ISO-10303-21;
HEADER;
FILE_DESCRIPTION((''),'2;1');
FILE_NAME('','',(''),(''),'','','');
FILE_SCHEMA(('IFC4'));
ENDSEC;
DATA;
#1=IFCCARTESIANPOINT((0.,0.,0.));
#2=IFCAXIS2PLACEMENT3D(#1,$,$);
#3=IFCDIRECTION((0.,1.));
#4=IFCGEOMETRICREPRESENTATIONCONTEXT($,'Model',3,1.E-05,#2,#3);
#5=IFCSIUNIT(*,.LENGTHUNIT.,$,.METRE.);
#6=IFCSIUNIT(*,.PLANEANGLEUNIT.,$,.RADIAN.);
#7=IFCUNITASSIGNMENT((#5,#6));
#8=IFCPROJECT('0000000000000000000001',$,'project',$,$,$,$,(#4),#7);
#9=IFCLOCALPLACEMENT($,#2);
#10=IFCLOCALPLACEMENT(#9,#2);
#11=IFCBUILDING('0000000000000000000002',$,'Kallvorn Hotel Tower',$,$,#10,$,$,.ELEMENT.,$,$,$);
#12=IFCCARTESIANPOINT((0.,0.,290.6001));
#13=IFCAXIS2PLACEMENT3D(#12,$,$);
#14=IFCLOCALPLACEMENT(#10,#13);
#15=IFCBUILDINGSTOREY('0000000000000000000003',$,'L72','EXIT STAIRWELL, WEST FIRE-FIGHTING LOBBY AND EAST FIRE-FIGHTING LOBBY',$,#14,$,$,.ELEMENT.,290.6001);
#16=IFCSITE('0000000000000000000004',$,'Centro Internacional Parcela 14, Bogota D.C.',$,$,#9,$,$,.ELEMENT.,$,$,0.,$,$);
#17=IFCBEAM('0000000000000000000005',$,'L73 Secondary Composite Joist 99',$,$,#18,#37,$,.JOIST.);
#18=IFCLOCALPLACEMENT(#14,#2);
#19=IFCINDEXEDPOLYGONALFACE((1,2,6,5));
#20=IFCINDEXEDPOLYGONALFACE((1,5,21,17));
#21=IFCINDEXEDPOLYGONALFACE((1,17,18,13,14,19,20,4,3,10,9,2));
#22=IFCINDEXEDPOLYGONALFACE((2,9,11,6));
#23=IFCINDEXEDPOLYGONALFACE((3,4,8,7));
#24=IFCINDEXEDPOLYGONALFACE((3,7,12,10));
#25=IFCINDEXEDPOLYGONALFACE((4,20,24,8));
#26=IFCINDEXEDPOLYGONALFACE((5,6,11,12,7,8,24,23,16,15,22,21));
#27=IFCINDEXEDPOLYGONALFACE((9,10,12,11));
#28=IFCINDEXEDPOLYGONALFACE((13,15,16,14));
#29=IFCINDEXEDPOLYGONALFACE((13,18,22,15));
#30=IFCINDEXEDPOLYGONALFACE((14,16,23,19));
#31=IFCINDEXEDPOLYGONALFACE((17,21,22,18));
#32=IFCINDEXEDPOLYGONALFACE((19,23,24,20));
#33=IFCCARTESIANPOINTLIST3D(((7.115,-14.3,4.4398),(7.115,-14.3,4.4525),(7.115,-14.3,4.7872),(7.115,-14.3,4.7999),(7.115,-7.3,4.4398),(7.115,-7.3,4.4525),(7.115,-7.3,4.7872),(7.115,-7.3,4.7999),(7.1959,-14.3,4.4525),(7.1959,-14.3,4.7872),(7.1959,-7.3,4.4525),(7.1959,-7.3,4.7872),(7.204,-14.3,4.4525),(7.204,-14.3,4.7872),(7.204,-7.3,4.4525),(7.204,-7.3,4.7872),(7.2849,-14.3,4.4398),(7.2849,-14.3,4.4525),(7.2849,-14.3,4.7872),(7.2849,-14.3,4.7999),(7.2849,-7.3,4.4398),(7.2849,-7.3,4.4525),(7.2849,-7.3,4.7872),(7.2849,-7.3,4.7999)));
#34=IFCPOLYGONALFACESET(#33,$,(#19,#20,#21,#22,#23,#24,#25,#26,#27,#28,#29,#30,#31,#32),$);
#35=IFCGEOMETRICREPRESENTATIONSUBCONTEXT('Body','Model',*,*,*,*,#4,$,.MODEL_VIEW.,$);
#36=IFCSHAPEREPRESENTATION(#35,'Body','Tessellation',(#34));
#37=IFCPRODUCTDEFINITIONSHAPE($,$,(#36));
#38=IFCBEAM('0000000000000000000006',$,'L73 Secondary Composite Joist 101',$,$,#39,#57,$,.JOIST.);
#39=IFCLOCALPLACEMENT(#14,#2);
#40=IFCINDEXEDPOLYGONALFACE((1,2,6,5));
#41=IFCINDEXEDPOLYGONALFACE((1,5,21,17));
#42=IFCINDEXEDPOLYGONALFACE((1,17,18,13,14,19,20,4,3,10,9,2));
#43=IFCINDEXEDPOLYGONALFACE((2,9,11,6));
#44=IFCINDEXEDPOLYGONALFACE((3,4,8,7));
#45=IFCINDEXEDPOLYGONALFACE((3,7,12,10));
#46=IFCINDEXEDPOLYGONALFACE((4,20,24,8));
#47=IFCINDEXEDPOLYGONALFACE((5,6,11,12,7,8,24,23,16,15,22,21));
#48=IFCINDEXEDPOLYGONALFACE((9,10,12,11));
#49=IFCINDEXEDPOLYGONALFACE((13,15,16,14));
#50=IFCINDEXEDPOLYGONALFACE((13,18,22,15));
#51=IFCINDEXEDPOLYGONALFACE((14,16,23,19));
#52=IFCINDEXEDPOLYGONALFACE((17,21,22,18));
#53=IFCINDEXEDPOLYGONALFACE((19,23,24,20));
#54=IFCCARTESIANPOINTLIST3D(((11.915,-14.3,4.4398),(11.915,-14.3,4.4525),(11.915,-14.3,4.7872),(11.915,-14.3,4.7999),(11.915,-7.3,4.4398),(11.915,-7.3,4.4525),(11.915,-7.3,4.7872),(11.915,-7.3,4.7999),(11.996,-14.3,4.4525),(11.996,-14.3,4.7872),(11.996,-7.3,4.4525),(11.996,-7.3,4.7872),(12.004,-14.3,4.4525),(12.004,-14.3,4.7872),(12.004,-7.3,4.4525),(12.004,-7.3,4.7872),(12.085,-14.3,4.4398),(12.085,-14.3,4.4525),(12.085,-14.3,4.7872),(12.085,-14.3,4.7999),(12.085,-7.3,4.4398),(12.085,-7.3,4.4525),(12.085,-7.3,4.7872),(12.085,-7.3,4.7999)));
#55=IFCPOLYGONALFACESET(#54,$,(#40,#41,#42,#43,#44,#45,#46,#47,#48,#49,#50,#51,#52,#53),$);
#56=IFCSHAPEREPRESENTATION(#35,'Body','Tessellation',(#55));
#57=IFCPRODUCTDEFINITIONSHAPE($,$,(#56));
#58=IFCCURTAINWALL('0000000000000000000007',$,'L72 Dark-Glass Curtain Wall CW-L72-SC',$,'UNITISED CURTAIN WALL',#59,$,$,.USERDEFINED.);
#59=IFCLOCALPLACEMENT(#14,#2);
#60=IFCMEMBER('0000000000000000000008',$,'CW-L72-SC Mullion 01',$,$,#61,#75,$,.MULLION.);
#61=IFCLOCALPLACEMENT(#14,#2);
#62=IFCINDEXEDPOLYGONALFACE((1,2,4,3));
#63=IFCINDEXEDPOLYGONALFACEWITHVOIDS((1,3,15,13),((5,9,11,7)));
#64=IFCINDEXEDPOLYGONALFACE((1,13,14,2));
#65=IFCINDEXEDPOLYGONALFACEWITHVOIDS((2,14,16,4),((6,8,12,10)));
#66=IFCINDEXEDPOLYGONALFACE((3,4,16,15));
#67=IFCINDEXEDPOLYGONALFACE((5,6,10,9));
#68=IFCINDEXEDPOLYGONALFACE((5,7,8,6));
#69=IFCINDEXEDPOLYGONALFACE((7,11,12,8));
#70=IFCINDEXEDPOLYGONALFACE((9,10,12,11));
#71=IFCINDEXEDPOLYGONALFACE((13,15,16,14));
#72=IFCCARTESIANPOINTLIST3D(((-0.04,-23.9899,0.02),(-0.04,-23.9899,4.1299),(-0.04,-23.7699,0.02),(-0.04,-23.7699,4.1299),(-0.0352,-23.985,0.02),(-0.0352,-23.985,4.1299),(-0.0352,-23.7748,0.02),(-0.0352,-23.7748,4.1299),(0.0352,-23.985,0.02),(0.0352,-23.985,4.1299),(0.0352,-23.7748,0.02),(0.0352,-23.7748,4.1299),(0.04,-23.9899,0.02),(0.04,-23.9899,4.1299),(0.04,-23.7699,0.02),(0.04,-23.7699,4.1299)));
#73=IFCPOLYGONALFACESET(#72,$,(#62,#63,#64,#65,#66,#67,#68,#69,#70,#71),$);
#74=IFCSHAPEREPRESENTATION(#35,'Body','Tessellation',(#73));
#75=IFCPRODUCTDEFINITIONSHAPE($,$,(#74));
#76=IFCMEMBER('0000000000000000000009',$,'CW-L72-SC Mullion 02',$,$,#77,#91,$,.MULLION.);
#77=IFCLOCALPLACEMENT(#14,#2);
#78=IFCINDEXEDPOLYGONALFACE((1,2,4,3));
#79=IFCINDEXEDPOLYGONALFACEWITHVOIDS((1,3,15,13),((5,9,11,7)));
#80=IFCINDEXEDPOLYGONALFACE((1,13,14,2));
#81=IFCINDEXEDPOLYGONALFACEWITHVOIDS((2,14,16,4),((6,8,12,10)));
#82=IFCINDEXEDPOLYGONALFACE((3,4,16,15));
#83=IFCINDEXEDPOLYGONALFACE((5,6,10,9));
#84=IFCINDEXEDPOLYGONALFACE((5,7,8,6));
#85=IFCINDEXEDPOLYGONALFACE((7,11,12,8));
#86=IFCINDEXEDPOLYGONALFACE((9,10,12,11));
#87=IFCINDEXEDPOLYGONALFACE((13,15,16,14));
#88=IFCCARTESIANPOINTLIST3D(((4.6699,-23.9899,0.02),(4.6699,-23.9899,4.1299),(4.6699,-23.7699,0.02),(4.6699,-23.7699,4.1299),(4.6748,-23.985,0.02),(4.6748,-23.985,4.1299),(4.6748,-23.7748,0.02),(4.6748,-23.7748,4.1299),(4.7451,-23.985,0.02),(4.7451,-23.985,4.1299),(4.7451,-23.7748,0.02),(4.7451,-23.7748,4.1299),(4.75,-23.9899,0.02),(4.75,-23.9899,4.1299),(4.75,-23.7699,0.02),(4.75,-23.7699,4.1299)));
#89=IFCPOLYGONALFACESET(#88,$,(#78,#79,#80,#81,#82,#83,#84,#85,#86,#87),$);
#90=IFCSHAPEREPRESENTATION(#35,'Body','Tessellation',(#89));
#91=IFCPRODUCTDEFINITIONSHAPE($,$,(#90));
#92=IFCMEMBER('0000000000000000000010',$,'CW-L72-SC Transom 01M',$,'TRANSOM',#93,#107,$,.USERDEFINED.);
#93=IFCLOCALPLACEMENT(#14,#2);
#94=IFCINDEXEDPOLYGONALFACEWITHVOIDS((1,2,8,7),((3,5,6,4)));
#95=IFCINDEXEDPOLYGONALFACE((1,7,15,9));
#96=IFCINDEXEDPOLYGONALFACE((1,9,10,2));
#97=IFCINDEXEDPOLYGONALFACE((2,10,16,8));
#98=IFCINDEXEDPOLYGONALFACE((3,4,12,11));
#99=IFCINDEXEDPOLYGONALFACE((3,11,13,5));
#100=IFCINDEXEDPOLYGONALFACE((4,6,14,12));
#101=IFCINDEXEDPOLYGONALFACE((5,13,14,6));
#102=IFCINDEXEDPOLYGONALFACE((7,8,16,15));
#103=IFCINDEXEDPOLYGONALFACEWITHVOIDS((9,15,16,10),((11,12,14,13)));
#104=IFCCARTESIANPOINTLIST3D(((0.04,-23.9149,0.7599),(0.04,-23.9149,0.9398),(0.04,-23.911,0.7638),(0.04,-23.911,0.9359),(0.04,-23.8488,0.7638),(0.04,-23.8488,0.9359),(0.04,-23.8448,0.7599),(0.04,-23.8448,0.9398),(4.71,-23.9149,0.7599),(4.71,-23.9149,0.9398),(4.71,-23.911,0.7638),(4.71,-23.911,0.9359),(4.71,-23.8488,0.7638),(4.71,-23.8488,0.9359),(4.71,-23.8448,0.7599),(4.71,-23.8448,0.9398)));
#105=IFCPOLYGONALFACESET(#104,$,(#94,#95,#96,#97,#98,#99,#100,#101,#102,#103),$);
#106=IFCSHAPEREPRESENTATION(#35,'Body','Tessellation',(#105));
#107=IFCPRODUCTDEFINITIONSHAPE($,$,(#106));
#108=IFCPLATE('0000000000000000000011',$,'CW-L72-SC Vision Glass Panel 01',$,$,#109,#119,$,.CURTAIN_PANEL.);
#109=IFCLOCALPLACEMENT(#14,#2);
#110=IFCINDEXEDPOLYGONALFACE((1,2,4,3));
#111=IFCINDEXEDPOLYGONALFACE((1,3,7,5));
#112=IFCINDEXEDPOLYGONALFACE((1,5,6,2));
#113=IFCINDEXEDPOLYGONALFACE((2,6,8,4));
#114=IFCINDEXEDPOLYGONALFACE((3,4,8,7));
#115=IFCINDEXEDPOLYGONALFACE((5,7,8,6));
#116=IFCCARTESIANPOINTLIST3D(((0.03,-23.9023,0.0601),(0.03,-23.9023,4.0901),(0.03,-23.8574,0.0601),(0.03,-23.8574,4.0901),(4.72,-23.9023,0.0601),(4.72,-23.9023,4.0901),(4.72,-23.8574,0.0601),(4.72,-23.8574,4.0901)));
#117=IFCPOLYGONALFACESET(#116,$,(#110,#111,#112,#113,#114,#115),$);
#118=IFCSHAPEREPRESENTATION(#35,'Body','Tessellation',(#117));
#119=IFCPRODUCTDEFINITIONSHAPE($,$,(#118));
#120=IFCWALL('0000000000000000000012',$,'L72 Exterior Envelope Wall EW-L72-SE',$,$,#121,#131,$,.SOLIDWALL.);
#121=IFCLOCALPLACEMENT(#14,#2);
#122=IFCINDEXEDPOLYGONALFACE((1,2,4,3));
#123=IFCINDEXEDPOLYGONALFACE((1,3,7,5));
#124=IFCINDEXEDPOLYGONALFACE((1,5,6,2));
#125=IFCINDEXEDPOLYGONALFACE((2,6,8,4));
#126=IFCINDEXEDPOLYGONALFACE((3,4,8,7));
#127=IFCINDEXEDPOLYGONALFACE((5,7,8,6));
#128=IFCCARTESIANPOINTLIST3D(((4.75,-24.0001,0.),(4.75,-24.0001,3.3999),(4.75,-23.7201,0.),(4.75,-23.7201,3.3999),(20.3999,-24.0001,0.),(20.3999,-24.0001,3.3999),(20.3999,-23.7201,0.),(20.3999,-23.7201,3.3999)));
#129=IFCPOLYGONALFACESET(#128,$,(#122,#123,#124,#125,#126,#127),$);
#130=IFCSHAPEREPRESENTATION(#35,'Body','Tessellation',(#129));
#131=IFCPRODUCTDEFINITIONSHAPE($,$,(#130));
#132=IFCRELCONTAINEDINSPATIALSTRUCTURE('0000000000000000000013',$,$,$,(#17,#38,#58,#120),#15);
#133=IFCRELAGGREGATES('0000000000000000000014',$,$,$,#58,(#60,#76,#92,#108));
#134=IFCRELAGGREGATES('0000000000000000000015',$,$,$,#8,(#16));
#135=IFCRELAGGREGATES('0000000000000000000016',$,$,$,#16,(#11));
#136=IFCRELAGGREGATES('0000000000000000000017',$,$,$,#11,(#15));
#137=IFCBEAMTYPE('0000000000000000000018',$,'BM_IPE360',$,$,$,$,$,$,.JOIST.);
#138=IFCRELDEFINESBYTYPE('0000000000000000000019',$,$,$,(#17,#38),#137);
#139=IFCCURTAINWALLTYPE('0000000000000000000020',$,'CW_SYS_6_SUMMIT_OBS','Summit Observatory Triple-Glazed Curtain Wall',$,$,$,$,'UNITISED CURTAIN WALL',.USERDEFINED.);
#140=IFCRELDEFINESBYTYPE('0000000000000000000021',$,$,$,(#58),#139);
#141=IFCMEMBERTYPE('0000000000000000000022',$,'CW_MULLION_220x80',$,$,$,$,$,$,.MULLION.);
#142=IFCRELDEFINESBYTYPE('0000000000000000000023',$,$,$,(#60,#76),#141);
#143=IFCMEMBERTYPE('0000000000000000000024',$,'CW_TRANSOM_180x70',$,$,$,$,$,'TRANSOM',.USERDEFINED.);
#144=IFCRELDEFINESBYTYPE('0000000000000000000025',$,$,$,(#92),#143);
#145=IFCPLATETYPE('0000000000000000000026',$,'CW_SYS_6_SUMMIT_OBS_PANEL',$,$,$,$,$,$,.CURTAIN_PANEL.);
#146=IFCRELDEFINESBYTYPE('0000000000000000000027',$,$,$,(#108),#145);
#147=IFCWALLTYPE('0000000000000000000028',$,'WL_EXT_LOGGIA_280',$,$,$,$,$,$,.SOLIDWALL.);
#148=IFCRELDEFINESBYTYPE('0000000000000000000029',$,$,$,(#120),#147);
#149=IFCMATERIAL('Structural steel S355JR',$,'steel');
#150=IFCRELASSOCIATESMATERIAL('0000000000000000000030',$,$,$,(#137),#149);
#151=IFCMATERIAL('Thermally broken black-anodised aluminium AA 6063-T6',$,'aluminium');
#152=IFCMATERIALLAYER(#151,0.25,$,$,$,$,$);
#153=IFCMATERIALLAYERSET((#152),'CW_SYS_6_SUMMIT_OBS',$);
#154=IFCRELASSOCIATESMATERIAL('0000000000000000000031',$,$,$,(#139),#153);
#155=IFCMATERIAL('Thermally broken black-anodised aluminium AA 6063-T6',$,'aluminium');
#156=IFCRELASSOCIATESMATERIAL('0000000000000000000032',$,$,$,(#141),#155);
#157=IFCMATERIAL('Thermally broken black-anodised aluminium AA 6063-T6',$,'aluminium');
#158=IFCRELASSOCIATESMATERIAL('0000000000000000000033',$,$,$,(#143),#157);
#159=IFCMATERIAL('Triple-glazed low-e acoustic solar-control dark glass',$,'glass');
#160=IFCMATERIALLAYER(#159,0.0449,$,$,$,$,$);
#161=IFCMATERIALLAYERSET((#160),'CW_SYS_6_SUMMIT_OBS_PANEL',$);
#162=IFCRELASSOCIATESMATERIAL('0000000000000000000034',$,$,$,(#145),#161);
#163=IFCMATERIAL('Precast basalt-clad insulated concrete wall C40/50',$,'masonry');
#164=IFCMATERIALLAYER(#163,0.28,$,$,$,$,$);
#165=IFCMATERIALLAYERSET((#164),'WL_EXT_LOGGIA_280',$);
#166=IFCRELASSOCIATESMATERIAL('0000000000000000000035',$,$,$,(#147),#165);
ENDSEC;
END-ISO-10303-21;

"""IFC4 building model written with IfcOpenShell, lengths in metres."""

from ifc_helpers import new_model, si_unit, direction, frame, frame_2d, origin, origin_2d, place, context, subcontext, project, spatial, rectangle, hollow_rectangle, i_section, extrude, material, layer, layer_set, material_profile, profile_set, type_object, element, aggregate, save


model = new_model("IFC4")

# Units and contexts
model_context = context("Model", 3, precision=1e-05, world=origin(), true_north=direction((0.0, 1.0)))
body_context = subcontext(model_context, "Body", "Model", "MODEL_VIEW")
ifc_project = project(units=[si_unit("LENGTHUNIT", "METRE"), si_unit("PLANEANGLEUNIT", "RADIAN")], contexts=[model_context])

# Site, building, storey
site_placement = place(None, origin())
site = spatial("IfcSite", under=ifc_project, at=site_placement, Name="Centro Internacional Parcela 14, Bogota D.C.", CompositionType="ELEMENT", RefElevation=0.0)
building_placement = place(site_placement, origin())
building = spatial("IfcBuilding", under=site, at=building_placement, Name="Kallvorn Hotel Tower", CompositionType="ELEMENT")
storey_placement = place(building_placement, frame((0.0, 0.0, 290.6001)))
storey = spatial("IfcBuildingStorey", under=building, at=storey_placement, Name="L72", Description="EXIT STAIRWELL, WEST FIRE-FIGHTING LOBBY AND EAST FIRE-FIGHTING LOBBY", CompositionType="ELEMENT", Elevation=290.6001)

# Beams
ifc_material_1 = material(Name="Structural steel S355JR", Category="steel")
ifc_material_profile_1 = material_profile(ifc_material_1, i_section(OverallWidth=0.1699, OverallDepth=0.3601, WebThickness=0.0081, FlangeThickness=0.0127, at=origin_2d()), Name="IPE 360")
ifc_profile_set_1 = profile_set([ifc_material_profile_1], Name="Structural steel S355JR")
beam_type_1 = type_object("IfcBeamType", Name="BM_IPE360", PredefinedType="JOIST", material=ifc_profile_set_1)
for number, where, z_axis, x_axis, name in (
    (1, (7.2, -14.3, 4.6199), (0.0, 1.0, 0.0), (-1.0, 0.0, 0.0), "L73 Secondary Composite Joist 99"),
    (2, (12.0, -14.3, 4.6199), (0.0, 1.0, 0.0), (-1.0, 0.0, 0.0), "L73 Secondary Composite Joist 101"),
):
    element("IfcBeam", number, at=place(storey_placement, frame(where, z_axis=z_axis, x_axis=x_axis)), inside=storey, type_object=beam_type_1, Name=name, PredefinedType="JOIST", context=body_context, shape_type="SweptSolid", body=[
        extrude(i_section(OverallWidth=0.1699, OverallDepth=0.3601, WebThickness=0.0081, FlangeThickness=0.0127, at=origin_2d()), origin(), (0.0, 0.0, 1.0), 7.0),
    ])

# Curtain wall, members, plate
ifc_material_2 = material(Name="Thermally broken black-anodised aluminium AA 6063-T6", Category="aluminium")
ifc_layer_1 = layer(ifc_material_2, 0.25)
ifc_layer_set_1 = layer_set([ifc_layer_1], Name="CW_SYS_6_SUMMIT_OBS")
curtain_wall_type = type_object("IfcCurtainWallType", Name="CW_SYS_6_SUMMIT_OBS", Description="Summit Observatory Triple-Glazed Curtain Wall", ElementType="UNITISED CURTAIN WALL", PredefinedType="USERDEFINED", material=ifc_layer_set_1)
curtain_wall_placement = place(storey_placement, origin())
curtain_wall = element("IfcCurtainWall", 3, at=curtain_wall_placement, inside=storey, type_object=curtain_wall_type, Name="L72 Dark-Glass Curtain Wall CW-L72-SC", ObjectType="UNITISED CURTAIN WALL", PredefinedType="USERDEFINED")
ifc_material_3 = material(Name="Thermally broken black-anodised aluminium AA 6063-T6", Category="aluminium")
ifc_material_profile_2 = material_profile(ifc_material_3, hollow_rectangle(XDim=0.0801, YDim=0.22, WallThickness=0.0049, at=origin_2d()), Name="MUL 220x80")
ifc_profile_set_2 = profile_set([ifc_material_profile_2], Name="Thermally broken black-anodised aluminium AA 6063-T6")
member_type_1 = type_object("IfcMemberType", Name="CW_MULLION_220x80", PredefinedType="MULLION", material=ifc_profile_set_2)
member_1_placement = place(storey_placement, frame((0.0, -23.8799, 0.02), z_axis=(0.0, 0.0, 1.0), x_axis=(1.0, 0.0, 0.0)))
member_1 = element("IfcMember", 4, at=member_1_placement, type_object=member_type_1, Name="CW-L72-SC Mullion 01", PredefinedType="MULLION", context=body_context, shape_type="SweptSolid", body=[
    extrude(hollow_rectangle(XDim=0.0801, YDim=0.22, WallThickness=0.0049, at=origin_2d()), origin(), (0.0, 0.0, 1.0), 4.1099),
])
member_2_placement = place(storey_placement, frame((4.71, -23.8799, 0.02), z_axis=(0.0, 0.0, 1.0), x_axis=(1.0, 0.0, 0.0)))
member_2 = element("IfcMember", 5, at=member_2_placement, type_object=member_type_1, Name="CW-L72-SC Mullion 02", PredefinedType="MULLION", context=body_context, shape_type="SweptSolid", body=[
    extrude(hollow_rectangle(XDim=0.0801, YDim=0.22, WallThickness=0.0049, at=origin_2d()), origin(), (0.0, 0.0, 1.0), 4.1099),
])
ifc_material_4 = material(Name="Thermally broken black-anodised aluminium AA 6063-T6", Category="aluminium")
ifc_material_profile_3 = material_profile(ifc_material_4, hollow_rectangle(XDim=0.0701, YDim=0.1799, WallThickness=0.0039, at=origin_2d()), Name="TRN 180x70")
ifc_profile_set_3 = profile_set([ifc_material_profile_3], Name="Thermally broken black-anodised aluminium AA 6063-T6")
member_type_2 = type_object("IfcMemberType", Name="CW_TRANSOM_180x70", ElementType="TRANSOM", PredefinedType="USERDEFINED", material=ifc_profile_set_3)
member_3_placement = place(storey_placement, frame((0.04, -23.8799, 0.8499), z_axis=(1.0, 0.0, 0.0), x_axis=(0.0, 1.0, 0.0)))
member_3 = element("IfcMember", 6, at=member_3_placement, type_object=member_type_2, Name="CW-L72-SC Transom 01M", ObjectType="TRANSOM", PredefinedType="USERDEFINED", context=body_context, shape_type="SweptSolid", body=[
    extrude(hollow_rectangle(XDim=0.0701, YDim=0.1799, WallThickness=0.0039, at=origin_2d()), origin(), (0.0, 0.0, 1.0), 4.6699),
])
ifc_material_5 = material(Name="Triple-glazed low-e acoustic solar-control dark glass", Category="glass")
ifc_layer_2 = layer(ifc_material_5, 0.0449)
ifc_layer_set_2 = layer_set([ifc_layer_2], Name="CW_SYS_6_SUMMIT_OBS_PANEL")
plate_type = type_object("IfcPlateType", Name="CW_SYS_6_SUMMIT_OBS_PANEL", PredefinedType="CURTAIN_PANEL", material=ifc_layer_set_2)
plate_placement = place(storey_placement, frame((2.375, -23.8799, 0.0601), z_axis=(0.0, 0.0, 1.0), x_axis=(1.0, 0.0, 0.0)))
plate = element("IfcPlate", 7, at=plate_placement, type_object=plate_type, Name="CW-L72-SC Vision Glass Panel 01", PredefinedType="CURTAIN_PANEL", context=body_context, shape_type="SweptSolid", body=[
    extrude(rectangle(XDim=4.6899, YDim=0.0449, at=origin_2d()), origin(), (0.0, 0.0, 1.0), 4.03),
])
aggregate(curtain_wall, [member_1, member_2, member_3, plate])

# Wall
ifc_material_6 = material(Name="Precast basalt-clad insulated concrete wall C40/50", Category="masonry")
ifc_layer_3 = layer(ifc_material_6, 0.28)
ifc_layer_set_3 = layer_set([ifc_layer_3], Name="WL_EXT_LOGGIA_280")
wall_type = type_object("IfcWallType", Name="WL_EXT_LOGGIA_280", PredefinedType="SOLIDWALL", material=ifc_layer_set_3)
wall_placement = place(storey_placement, frame((4.75, -23.8601, 0.0), z_axis=(0.0, 0.0, 1.0), x_axis=(1.0, 0.0, 0.0)))
element("IfcWall", 8, at=wall_placement, inside=storey, type_object=wall_type, Name="L72 Exterior Envelope Wall EW-L72-SE", PredefinedType="SOLIDWALL", context=body_context, shape_type="SweptSolid", body=[
    extrude(rectangle(XDim=15.6499, YDim=0.28, at=frame_2d((7.825, 0.0))), origin(), (0.0, 0.0, 1.0), 3.3999),
])

save(model, "model.ifc")
